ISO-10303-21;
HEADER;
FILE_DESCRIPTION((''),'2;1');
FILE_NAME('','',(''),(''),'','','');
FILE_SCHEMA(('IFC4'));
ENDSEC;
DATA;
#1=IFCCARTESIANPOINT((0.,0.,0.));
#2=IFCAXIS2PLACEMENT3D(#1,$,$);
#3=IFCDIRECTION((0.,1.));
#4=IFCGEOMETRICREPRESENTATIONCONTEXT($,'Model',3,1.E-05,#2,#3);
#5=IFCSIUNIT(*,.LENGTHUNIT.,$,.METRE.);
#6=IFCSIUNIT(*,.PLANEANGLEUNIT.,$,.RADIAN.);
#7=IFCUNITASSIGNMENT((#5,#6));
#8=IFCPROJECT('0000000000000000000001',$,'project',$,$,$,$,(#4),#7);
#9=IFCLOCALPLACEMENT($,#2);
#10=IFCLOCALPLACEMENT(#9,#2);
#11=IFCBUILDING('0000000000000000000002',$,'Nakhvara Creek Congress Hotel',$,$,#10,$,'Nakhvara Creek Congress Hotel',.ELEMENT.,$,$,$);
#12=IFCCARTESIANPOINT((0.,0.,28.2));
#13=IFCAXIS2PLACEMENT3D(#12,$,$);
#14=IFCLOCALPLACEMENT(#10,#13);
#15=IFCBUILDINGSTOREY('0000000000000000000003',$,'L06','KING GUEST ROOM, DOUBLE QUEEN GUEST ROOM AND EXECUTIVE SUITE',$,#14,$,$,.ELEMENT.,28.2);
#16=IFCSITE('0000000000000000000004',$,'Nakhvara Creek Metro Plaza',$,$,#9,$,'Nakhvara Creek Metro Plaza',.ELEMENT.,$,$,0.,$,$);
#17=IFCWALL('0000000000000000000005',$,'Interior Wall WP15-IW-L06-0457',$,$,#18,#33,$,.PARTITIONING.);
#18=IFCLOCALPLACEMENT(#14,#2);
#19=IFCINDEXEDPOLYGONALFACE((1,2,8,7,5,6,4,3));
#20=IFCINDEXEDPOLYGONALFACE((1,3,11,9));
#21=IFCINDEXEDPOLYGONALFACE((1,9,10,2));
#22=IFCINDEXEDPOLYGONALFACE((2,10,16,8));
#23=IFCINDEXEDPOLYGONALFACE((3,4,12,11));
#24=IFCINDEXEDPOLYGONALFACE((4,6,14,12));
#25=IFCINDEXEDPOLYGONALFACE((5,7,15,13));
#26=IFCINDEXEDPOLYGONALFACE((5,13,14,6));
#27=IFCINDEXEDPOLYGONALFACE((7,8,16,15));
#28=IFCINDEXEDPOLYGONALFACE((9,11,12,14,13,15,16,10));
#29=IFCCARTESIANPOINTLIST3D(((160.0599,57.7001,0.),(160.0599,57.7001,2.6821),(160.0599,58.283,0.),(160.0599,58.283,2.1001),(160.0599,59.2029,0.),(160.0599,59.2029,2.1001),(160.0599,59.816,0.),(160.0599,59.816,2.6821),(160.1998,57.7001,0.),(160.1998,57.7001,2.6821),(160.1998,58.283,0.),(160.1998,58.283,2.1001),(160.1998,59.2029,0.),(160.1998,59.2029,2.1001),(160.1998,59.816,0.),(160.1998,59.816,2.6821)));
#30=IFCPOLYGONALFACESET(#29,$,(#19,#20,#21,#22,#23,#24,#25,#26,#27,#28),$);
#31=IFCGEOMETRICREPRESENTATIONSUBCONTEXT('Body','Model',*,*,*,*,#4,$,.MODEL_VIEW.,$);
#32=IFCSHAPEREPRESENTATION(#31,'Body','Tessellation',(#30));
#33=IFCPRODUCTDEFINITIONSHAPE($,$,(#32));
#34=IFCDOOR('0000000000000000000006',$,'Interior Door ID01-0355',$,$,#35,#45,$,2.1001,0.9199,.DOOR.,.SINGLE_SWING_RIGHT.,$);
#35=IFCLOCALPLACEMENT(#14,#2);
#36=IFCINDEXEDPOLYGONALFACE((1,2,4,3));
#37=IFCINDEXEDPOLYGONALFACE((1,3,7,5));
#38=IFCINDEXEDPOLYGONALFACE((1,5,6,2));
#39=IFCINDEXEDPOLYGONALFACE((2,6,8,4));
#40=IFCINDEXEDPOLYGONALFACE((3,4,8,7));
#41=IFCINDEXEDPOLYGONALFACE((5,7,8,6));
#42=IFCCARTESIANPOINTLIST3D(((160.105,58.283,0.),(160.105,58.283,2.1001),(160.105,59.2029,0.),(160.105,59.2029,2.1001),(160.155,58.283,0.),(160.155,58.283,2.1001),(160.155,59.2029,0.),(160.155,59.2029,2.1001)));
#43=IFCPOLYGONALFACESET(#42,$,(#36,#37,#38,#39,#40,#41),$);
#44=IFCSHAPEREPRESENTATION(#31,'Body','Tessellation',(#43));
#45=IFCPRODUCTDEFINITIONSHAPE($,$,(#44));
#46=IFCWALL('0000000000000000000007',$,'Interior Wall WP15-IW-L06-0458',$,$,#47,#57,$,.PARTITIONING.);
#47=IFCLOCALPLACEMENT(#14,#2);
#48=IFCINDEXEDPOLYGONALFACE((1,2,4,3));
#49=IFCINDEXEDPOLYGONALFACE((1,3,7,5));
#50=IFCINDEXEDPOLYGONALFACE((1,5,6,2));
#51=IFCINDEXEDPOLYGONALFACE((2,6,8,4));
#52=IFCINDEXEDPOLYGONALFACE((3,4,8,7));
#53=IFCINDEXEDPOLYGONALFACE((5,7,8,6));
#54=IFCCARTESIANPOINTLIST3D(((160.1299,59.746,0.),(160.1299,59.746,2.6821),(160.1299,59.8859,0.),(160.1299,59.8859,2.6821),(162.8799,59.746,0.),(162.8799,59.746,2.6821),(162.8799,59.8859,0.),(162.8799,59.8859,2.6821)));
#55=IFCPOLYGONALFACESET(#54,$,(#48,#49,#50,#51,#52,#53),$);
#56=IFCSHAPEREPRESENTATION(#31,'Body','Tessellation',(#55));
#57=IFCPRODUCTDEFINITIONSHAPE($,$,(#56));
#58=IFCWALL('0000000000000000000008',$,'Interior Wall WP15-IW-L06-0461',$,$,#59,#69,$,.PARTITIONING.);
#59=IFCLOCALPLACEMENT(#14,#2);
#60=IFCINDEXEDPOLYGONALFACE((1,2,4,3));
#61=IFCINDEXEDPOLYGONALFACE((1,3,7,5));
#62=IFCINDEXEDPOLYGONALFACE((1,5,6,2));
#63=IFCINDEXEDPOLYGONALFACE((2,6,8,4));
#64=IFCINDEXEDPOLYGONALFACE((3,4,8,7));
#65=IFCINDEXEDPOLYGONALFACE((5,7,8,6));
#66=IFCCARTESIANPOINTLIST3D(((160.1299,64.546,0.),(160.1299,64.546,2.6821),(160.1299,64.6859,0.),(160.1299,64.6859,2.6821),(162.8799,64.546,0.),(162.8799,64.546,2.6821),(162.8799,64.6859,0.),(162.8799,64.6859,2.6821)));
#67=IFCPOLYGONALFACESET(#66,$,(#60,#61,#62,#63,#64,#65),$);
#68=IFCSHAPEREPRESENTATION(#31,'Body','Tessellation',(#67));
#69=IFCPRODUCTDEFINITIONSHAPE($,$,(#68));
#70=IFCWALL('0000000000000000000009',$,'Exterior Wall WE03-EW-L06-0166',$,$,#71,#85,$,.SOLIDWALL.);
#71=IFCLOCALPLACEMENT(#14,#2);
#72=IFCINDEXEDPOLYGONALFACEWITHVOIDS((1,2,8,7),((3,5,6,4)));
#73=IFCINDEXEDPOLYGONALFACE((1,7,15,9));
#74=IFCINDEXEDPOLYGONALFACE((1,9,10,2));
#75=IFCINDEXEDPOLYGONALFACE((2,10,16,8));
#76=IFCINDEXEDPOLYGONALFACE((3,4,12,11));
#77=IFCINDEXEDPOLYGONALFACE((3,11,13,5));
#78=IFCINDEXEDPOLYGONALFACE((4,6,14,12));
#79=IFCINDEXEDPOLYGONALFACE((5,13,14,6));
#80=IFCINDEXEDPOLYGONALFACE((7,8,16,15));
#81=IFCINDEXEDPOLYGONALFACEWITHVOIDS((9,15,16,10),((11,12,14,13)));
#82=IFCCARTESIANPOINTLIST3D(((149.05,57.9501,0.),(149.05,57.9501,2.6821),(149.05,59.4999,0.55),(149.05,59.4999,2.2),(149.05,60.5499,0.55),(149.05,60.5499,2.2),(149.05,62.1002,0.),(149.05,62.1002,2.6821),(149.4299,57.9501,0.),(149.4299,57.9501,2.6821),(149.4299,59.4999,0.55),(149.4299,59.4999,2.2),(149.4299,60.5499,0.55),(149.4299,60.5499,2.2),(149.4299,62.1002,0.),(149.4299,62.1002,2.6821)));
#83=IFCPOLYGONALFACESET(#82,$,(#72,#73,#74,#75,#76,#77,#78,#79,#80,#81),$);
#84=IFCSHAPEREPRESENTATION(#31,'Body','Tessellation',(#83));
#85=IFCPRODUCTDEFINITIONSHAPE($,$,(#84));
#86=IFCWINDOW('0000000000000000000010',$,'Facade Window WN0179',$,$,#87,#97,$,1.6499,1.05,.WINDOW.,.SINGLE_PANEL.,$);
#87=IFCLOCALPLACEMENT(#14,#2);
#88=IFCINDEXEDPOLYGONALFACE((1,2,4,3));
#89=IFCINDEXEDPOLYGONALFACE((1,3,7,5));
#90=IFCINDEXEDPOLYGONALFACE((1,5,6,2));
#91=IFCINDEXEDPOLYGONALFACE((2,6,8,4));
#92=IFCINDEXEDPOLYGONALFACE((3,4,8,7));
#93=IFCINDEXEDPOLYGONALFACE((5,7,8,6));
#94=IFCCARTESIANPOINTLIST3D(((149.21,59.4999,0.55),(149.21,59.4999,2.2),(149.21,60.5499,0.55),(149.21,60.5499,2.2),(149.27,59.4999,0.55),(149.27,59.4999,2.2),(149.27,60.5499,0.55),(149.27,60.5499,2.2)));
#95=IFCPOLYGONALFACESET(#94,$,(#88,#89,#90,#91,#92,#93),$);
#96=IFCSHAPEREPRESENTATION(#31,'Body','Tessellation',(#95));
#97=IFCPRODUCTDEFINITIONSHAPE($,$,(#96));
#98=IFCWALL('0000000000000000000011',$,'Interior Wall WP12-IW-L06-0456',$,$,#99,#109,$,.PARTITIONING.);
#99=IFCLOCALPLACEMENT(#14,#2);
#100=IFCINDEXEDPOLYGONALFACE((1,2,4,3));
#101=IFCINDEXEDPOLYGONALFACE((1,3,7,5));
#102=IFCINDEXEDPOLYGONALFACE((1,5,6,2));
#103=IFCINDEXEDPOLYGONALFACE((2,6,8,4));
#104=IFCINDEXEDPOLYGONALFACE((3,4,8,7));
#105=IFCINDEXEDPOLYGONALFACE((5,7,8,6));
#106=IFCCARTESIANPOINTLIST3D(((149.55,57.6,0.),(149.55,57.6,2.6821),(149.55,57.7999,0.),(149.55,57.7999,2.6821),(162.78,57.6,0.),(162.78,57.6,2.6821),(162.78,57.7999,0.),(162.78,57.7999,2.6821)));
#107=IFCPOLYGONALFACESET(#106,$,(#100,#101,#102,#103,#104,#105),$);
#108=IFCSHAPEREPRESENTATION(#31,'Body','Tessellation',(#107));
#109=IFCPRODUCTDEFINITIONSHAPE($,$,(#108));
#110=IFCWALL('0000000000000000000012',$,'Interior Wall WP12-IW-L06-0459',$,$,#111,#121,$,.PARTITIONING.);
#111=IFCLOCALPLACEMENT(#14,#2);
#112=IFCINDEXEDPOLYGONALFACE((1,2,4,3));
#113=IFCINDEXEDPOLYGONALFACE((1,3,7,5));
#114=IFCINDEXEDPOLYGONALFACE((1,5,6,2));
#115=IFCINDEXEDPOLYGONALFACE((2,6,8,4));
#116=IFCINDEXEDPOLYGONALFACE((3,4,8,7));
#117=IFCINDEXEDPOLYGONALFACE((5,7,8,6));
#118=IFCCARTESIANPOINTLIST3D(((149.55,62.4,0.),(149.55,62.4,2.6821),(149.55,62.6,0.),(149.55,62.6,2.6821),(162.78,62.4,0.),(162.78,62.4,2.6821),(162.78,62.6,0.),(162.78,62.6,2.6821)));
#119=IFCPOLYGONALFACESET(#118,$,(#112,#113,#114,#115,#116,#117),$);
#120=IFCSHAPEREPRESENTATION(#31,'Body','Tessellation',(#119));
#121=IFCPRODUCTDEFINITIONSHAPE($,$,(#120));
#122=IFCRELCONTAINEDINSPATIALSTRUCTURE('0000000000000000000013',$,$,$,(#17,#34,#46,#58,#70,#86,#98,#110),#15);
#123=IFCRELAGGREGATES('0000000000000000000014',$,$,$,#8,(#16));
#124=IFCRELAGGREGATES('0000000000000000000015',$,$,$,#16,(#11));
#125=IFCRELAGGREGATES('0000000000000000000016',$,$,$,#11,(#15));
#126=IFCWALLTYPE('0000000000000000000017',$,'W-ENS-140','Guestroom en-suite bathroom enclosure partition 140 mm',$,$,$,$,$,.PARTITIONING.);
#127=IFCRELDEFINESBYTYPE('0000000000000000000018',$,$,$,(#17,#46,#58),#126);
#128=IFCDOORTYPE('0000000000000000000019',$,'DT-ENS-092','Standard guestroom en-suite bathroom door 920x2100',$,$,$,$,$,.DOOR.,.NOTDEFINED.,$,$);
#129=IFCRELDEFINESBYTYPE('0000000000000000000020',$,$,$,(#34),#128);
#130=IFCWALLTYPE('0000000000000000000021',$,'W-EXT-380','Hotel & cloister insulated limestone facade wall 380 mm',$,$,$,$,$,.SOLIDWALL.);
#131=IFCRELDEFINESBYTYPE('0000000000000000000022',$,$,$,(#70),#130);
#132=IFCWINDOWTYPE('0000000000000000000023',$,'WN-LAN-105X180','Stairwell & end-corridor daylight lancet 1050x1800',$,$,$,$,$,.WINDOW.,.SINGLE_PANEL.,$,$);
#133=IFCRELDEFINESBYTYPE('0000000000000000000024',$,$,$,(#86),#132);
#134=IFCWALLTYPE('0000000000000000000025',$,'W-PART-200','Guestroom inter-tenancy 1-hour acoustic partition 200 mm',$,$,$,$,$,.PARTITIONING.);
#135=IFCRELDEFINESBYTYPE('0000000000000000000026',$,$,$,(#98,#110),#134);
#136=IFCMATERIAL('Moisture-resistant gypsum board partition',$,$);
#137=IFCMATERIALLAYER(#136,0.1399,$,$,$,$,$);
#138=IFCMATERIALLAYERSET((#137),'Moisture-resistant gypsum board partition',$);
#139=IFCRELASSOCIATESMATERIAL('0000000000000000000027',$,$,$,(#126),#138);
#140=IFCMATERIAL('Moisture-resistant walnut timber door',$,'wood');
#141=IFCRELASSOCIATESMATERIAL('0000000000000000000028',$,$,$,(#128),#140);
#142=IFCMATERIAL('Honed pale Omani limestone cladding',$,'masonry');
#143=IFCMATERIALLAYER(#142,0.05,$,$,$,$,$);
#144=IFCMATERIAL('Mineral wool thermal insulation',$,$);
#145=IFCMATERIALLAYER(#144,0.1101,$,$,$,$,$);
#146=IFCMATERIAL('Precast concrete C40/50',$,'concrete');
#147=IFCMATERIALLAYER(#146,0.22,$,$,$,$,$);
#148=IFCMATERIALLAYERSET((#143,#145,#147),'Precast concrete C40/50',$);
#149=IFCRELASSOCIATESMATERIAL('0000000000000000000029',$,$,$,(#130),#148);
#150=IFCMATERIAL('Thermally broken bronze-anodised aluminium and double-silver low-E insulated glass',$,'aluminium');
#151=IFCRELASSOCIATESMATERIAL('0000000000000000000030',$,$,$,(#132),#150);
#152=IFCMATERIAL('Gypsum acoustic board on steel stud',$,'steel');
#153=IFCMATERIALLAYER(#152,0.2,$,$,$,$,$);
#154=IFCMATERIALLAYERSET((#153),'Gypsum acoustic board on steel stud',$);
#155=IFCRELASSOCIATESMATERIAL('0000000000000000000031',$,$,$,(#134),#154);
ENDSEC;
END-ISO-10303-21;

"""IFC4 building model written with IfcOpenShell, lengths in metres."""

from ifc_helpers import new_model, si_unit, direction, frame, frame_2d, origin, place, context, subcontext, project, spatial, rectangle, extrude, material, layer, layer_set, type_object, element, fill, save


model = new_model("IFC4")

# Units and contexts
model_context = context("Model", 3, precision=1e-05, world=origin(), true_north=direction((0.0, 1.0)))
body_context = subcontext(model_context, "Body", "Model", "MODEL_VIEW")
ifc_project = project(units=[si_unit("LENGTHUNIT", "METRE"), si_unit("PLANEANGLEUNIT", "RADIAN")], contexts=[model_context])

# Site, building, storey
site_placement = place(None, origin())
site = spatial("IfcSite", under=ifc_project, at=site_placement, Name="Nakhvara Creek Metro Plaza", LongName="Nakhvara Creek Metro Plaza", CompositionType="ELEMENT", RefElevation=0.0)
building_placement = place(site_placement, origin())
building = spatial("IfcBuilding", under=site, at=building_placement, Name="Nakhvara Creek Congress Hotel", LongName="Nakhvara Creek Congress Hotel", CompositionType="ELEMENT")
storey_placement = place(building_placement, frame((0.0, 0.0, 28.2)))
storey = spatial("IfcBuildingStorey", under=building, at=storey_placement, Name="L06", Description="KING GUEST ROOM, DOUBLE QUEEN GUEST ROOM AND EXECUTIVE SUITE", CompositionType="ELEMENT", Elevation=28.2)

# Wall, opening, door
ifc_material_1 = material(Name="Moisture-resistant gypsum board partition")
ifc_layer_1 = layer(ifc_material_1, 0.1399)
ifc_layer_set_1 = layer_set([ifc_layer_1], Name="Moisture-resistant gypsum board partition")
wall_type_1 = type_object("IfcWallType", Name="W-ENS-140", Description="Guestroom en-suite bathroom enclosure partition 140 mm", PredefinedType="PARTITIONING", material=ifc_layer_set_1)
wall_1_placement = place(storey_placement, frame((160.1299, 57.7, 0.0), z_axis=(0.0, 0.0, 1.0), x_axis=(0.0, 1.0, 0.0)))
wall_1 = element("IfcWall", 1, at=wall_1_placement, inside=storey, type_object=wall_type_1, Name="Interior Wall WP15-IW-L06-0457", PredefinedType="PARTITIONING", context=body_context, shape_type="SweptSolid", body=[
    extrude(rectangle(XDim=2.116, YDim=0.1399, at=frame_2d((1.0581, 0.0))), origin(), (0.0, 0.0, 1.0), 2.6821),
])
opening_1_placement = place(wall_1_placement, frame((0.583, 0.0, 0.0)))
opening_1 = element("IfcOpeningElement", 2, at=opening_1_placement, cuts=wall_1, PredefinedType="OPENING", context=body_context, shape_type="SweptSolid", body=[
    extrude(rectangle(XDim=0.9199, YDim=2.1001, at=frame_2d((0.46, 1.05))), frame((0.0, 0.082, 0.0), z_axis=(0.0, -1.0, 0.0), x_axis=(1.0, 0.0, 0.0)), (0.0, 0.0, 1.0), 0.1638),
])
ifc_material_2 = material(Name="Moisture-resistant walnut timber door", Category="wood")
door_type_1 = type_object("IfcDoorType", Name="DT-ENS-092", Description="Standard guestroom en-suite bathroom door 920x2100", OperationType="NOTDEFINED", PredefinedType="DOOR", material=ifc_material_2)
door_1_placement = place(opening_1_placement, origin())
door_1 = element("IfcDoor", 3, at=door_1_placement, inside=storey, type_object=door_type_1, Name="Interior Door ID01-0355", OperationType="SINGLE_SWING_RIGHT", OverallHeight=2.1001, OverallWidth=0.9199, PredefinedType="DOOR", context=body_context, shape_type="SweptSolid", body=[
    extrude(rectangle(XDim=0.9199, YDim=2.1001, at=frame_2d((0.46, 1.05))), frame((0.0, 0.0249, 0.0), z_axis=(0.0, -1.0, 0.0), x_axis=(1.0, 0.0, 0.0)), (0.0, 0.0, 1.0), 0.05),
])
fill(opening_1, door_1)

# Wall
wall_2_placement = place(storey_placement, frame((160.1299, 59.8159, 0.0), z_axis=(0.0, 0.0, 1.0), x_axis=(1.0, 0.0, 0.0)))
element("IfcWall", 4, at=wall_2_placement, inside=storey, type_object=wall_type_1, Name="Interior Wall WP15-IW-L06-0458", PredefinedType="PARTITIONING", context=body_context, shape_type="SweptSolid", body=[
    extrude(rectangle(XDim=2.75, YDim=0.1399, at=frame_2d((1.375, 0.0))), origin(), (0.0, 0.0, 1.0), 2.6821),
])

# Wall
wall_3_placement = place(storey_placement, frame((160.1299, 64.616, 0.0), z_axis=(0.0, 0.0, 1.0), x_axis=(1.0, 0.0, 0.0)))
element("IfcWall", 5, at=wall_3_placement, inside=storey, type_object=wall_type_1, Name="Interior Wall WP15-IW-L06-0461", PredefinedType="PARTITIONING", context=body_context, shape_type="SweptSolid", body=[
    extrude(rectangle(XDim=2.75, YDim=0.1399, at=frame_2d((1.375, 0.0))), origin(), (0.0, 0.0, 1.0), 2.6821),
])

# Wall, opening, window
ifc_material_3 = material(Name="Honed pale Omani limestone cladding", Category="masonry")
ifc_layer_2 = layer(ifc_material_3, 0.05)
ifc_material_4 = material(Name="Mineral wool thermal insulation")
ifc_layer_3 = layer(ifc_material_4, 0.1101)
ifc_material_5 = material(Name="Precast concrete C40/50", Category="concrete")
ifc_layer_4 = layer(ifc_material_5, 0.22)
ifc_layer_set_2 = layer_set([ifc_layer_2, ifc_layer_3, ifc_layer_4], Name="Precast concrete C40/50")
wall_type_2 = type_object("IfcWallType", Name="W-EXT-380", Description="Hotel & cloister insulated limestone facade wall 380 mm", PredefinedType="SOLIDWALL", material=ifc_layer_set_2)
wall_4_placement = place(storey_placement, frame((149.24, 57.95, 0.0), z_axis=(0.0, 0.0, 1.0), x_axis=(0.0, 1.0, 0.0)))
wall_4 = element("IfcWall", 6, at=wall_4_placement, inside=storey, type_object=wall_type_2, Name="Exterior Wall WE03-EW-L06-0166", PredefinedType="SOLIDWALL", context=body_context, shape_type="SweptSolid", body=[
    extrude(rectangle(XDim=4.1501, YDim=0.3799, at=frame_2d((2.0752, 0.0))), origin(), (0.0, 0.0, 1.0), 2.6821),
])
opening_2_placement = place(wall_4_placement, frame((1.55, 0.0, 0.55)))
opening_2 = element("IfcOpeningElement", 7, at=opening_2_placement, cuts=wall_4, PredefinedType="OPENING", context=body_context, shape_type="SweptSolid", body=[
    extrude(rectangle(XDim=1.05, YDim=1.6499, at=frame_2d((0.5249, 0.825))), frame((0.0, 0.2019, 0.0), z_axis=(0.0, -1.0, 0.0), x_axis=(1.0, 0.0, 0.0)), (0.0, 0.0, 1.0), 0.4038),
])
ifc_material_6 = material(Name="Thermally broken bronze-anodised aluminium and double-silver low-E insulated glass", Category="aluminium")
window_type = type_object("IfcWindowType", Name="WN-LAN-105X180", Description="Stairwell & end-corridor daylight lancet 1050x1800", PartitioningType="SINGLE_PANEL", PredefinedType="WINDOW", material=ifc_material_6)
window_placement = place(opening_2_placement, origin())
window = element("IfcWindow", 8, at=window_placement, inside=storey, type_object=window_type, Name="Facade Window WN0179", OverallHeight=1.6499, OverallWidth=1.05, PartitioningType="SINGLE_PANEL", PredefinedType="WINDOW", context=body_context, shape_type="SweptSolid", body=[
    extrude(rectangle(XDim=1.05, YDim=1.6499, at=frame_2d((0.5249, 0.825))), frame((0.0, 0.03, 0.0), z_axis=(0.0, -1.0, 0.0), x_axis=(1.0, 0.0, 0.0)), (0.0, 0.0, 1.0), 0.0601),
])
fill(opening_2, window)

# Walls
ifc_material_7 = material(Name="Gypsum acoustic board on steel stud", Category="steel")
ifc_layer_5 = layer(ifc_material_7, 0.2)
ifc_layer_set_3 = layer_set([ifc_layer_5], Name="Gypsum acoustic board on steel stud")
wall_type_3 = type_object("IfcWallType", Name="W-PART-200", Description="Guestroom inter-tenancy 1-hour acoustic partition 200 mm", PredefinedType="PARTITIONING", material=ifc_layer_set_3)
for number, where, z_axis, x_axis, name in (
    (9, (149.55, 57.7, 0.0), (0.0, 0.0, 1.0), (1.0, 0.0, 0.0), "Interior Wall WP12-IW-L06-0456"),
    (10, (149.55, 62.5, 0.0), (0.0, 0.0, 1.0), (1.0, 0.0, 0.0), "Interior Wall WP12-IW-L06-0459"),
):
    element("IfcWall", number, at=place(storey_placement, frame(where, z_axis=z_axis, x_axis=x_axis)), inside=storey, type_object=wall_type_3, Name=name, PredefinedType="PARTITIONING", context=body_context, shape_type="SweptSolid", body=[
        extrude(rectangle(XDim=13.23, YDim=0.2, at=frame_2d((6.615, 0.0))), origin(), (0.0, 0.0, 1.0), 2.6821),
    ])

save(model, "model.ifc")
